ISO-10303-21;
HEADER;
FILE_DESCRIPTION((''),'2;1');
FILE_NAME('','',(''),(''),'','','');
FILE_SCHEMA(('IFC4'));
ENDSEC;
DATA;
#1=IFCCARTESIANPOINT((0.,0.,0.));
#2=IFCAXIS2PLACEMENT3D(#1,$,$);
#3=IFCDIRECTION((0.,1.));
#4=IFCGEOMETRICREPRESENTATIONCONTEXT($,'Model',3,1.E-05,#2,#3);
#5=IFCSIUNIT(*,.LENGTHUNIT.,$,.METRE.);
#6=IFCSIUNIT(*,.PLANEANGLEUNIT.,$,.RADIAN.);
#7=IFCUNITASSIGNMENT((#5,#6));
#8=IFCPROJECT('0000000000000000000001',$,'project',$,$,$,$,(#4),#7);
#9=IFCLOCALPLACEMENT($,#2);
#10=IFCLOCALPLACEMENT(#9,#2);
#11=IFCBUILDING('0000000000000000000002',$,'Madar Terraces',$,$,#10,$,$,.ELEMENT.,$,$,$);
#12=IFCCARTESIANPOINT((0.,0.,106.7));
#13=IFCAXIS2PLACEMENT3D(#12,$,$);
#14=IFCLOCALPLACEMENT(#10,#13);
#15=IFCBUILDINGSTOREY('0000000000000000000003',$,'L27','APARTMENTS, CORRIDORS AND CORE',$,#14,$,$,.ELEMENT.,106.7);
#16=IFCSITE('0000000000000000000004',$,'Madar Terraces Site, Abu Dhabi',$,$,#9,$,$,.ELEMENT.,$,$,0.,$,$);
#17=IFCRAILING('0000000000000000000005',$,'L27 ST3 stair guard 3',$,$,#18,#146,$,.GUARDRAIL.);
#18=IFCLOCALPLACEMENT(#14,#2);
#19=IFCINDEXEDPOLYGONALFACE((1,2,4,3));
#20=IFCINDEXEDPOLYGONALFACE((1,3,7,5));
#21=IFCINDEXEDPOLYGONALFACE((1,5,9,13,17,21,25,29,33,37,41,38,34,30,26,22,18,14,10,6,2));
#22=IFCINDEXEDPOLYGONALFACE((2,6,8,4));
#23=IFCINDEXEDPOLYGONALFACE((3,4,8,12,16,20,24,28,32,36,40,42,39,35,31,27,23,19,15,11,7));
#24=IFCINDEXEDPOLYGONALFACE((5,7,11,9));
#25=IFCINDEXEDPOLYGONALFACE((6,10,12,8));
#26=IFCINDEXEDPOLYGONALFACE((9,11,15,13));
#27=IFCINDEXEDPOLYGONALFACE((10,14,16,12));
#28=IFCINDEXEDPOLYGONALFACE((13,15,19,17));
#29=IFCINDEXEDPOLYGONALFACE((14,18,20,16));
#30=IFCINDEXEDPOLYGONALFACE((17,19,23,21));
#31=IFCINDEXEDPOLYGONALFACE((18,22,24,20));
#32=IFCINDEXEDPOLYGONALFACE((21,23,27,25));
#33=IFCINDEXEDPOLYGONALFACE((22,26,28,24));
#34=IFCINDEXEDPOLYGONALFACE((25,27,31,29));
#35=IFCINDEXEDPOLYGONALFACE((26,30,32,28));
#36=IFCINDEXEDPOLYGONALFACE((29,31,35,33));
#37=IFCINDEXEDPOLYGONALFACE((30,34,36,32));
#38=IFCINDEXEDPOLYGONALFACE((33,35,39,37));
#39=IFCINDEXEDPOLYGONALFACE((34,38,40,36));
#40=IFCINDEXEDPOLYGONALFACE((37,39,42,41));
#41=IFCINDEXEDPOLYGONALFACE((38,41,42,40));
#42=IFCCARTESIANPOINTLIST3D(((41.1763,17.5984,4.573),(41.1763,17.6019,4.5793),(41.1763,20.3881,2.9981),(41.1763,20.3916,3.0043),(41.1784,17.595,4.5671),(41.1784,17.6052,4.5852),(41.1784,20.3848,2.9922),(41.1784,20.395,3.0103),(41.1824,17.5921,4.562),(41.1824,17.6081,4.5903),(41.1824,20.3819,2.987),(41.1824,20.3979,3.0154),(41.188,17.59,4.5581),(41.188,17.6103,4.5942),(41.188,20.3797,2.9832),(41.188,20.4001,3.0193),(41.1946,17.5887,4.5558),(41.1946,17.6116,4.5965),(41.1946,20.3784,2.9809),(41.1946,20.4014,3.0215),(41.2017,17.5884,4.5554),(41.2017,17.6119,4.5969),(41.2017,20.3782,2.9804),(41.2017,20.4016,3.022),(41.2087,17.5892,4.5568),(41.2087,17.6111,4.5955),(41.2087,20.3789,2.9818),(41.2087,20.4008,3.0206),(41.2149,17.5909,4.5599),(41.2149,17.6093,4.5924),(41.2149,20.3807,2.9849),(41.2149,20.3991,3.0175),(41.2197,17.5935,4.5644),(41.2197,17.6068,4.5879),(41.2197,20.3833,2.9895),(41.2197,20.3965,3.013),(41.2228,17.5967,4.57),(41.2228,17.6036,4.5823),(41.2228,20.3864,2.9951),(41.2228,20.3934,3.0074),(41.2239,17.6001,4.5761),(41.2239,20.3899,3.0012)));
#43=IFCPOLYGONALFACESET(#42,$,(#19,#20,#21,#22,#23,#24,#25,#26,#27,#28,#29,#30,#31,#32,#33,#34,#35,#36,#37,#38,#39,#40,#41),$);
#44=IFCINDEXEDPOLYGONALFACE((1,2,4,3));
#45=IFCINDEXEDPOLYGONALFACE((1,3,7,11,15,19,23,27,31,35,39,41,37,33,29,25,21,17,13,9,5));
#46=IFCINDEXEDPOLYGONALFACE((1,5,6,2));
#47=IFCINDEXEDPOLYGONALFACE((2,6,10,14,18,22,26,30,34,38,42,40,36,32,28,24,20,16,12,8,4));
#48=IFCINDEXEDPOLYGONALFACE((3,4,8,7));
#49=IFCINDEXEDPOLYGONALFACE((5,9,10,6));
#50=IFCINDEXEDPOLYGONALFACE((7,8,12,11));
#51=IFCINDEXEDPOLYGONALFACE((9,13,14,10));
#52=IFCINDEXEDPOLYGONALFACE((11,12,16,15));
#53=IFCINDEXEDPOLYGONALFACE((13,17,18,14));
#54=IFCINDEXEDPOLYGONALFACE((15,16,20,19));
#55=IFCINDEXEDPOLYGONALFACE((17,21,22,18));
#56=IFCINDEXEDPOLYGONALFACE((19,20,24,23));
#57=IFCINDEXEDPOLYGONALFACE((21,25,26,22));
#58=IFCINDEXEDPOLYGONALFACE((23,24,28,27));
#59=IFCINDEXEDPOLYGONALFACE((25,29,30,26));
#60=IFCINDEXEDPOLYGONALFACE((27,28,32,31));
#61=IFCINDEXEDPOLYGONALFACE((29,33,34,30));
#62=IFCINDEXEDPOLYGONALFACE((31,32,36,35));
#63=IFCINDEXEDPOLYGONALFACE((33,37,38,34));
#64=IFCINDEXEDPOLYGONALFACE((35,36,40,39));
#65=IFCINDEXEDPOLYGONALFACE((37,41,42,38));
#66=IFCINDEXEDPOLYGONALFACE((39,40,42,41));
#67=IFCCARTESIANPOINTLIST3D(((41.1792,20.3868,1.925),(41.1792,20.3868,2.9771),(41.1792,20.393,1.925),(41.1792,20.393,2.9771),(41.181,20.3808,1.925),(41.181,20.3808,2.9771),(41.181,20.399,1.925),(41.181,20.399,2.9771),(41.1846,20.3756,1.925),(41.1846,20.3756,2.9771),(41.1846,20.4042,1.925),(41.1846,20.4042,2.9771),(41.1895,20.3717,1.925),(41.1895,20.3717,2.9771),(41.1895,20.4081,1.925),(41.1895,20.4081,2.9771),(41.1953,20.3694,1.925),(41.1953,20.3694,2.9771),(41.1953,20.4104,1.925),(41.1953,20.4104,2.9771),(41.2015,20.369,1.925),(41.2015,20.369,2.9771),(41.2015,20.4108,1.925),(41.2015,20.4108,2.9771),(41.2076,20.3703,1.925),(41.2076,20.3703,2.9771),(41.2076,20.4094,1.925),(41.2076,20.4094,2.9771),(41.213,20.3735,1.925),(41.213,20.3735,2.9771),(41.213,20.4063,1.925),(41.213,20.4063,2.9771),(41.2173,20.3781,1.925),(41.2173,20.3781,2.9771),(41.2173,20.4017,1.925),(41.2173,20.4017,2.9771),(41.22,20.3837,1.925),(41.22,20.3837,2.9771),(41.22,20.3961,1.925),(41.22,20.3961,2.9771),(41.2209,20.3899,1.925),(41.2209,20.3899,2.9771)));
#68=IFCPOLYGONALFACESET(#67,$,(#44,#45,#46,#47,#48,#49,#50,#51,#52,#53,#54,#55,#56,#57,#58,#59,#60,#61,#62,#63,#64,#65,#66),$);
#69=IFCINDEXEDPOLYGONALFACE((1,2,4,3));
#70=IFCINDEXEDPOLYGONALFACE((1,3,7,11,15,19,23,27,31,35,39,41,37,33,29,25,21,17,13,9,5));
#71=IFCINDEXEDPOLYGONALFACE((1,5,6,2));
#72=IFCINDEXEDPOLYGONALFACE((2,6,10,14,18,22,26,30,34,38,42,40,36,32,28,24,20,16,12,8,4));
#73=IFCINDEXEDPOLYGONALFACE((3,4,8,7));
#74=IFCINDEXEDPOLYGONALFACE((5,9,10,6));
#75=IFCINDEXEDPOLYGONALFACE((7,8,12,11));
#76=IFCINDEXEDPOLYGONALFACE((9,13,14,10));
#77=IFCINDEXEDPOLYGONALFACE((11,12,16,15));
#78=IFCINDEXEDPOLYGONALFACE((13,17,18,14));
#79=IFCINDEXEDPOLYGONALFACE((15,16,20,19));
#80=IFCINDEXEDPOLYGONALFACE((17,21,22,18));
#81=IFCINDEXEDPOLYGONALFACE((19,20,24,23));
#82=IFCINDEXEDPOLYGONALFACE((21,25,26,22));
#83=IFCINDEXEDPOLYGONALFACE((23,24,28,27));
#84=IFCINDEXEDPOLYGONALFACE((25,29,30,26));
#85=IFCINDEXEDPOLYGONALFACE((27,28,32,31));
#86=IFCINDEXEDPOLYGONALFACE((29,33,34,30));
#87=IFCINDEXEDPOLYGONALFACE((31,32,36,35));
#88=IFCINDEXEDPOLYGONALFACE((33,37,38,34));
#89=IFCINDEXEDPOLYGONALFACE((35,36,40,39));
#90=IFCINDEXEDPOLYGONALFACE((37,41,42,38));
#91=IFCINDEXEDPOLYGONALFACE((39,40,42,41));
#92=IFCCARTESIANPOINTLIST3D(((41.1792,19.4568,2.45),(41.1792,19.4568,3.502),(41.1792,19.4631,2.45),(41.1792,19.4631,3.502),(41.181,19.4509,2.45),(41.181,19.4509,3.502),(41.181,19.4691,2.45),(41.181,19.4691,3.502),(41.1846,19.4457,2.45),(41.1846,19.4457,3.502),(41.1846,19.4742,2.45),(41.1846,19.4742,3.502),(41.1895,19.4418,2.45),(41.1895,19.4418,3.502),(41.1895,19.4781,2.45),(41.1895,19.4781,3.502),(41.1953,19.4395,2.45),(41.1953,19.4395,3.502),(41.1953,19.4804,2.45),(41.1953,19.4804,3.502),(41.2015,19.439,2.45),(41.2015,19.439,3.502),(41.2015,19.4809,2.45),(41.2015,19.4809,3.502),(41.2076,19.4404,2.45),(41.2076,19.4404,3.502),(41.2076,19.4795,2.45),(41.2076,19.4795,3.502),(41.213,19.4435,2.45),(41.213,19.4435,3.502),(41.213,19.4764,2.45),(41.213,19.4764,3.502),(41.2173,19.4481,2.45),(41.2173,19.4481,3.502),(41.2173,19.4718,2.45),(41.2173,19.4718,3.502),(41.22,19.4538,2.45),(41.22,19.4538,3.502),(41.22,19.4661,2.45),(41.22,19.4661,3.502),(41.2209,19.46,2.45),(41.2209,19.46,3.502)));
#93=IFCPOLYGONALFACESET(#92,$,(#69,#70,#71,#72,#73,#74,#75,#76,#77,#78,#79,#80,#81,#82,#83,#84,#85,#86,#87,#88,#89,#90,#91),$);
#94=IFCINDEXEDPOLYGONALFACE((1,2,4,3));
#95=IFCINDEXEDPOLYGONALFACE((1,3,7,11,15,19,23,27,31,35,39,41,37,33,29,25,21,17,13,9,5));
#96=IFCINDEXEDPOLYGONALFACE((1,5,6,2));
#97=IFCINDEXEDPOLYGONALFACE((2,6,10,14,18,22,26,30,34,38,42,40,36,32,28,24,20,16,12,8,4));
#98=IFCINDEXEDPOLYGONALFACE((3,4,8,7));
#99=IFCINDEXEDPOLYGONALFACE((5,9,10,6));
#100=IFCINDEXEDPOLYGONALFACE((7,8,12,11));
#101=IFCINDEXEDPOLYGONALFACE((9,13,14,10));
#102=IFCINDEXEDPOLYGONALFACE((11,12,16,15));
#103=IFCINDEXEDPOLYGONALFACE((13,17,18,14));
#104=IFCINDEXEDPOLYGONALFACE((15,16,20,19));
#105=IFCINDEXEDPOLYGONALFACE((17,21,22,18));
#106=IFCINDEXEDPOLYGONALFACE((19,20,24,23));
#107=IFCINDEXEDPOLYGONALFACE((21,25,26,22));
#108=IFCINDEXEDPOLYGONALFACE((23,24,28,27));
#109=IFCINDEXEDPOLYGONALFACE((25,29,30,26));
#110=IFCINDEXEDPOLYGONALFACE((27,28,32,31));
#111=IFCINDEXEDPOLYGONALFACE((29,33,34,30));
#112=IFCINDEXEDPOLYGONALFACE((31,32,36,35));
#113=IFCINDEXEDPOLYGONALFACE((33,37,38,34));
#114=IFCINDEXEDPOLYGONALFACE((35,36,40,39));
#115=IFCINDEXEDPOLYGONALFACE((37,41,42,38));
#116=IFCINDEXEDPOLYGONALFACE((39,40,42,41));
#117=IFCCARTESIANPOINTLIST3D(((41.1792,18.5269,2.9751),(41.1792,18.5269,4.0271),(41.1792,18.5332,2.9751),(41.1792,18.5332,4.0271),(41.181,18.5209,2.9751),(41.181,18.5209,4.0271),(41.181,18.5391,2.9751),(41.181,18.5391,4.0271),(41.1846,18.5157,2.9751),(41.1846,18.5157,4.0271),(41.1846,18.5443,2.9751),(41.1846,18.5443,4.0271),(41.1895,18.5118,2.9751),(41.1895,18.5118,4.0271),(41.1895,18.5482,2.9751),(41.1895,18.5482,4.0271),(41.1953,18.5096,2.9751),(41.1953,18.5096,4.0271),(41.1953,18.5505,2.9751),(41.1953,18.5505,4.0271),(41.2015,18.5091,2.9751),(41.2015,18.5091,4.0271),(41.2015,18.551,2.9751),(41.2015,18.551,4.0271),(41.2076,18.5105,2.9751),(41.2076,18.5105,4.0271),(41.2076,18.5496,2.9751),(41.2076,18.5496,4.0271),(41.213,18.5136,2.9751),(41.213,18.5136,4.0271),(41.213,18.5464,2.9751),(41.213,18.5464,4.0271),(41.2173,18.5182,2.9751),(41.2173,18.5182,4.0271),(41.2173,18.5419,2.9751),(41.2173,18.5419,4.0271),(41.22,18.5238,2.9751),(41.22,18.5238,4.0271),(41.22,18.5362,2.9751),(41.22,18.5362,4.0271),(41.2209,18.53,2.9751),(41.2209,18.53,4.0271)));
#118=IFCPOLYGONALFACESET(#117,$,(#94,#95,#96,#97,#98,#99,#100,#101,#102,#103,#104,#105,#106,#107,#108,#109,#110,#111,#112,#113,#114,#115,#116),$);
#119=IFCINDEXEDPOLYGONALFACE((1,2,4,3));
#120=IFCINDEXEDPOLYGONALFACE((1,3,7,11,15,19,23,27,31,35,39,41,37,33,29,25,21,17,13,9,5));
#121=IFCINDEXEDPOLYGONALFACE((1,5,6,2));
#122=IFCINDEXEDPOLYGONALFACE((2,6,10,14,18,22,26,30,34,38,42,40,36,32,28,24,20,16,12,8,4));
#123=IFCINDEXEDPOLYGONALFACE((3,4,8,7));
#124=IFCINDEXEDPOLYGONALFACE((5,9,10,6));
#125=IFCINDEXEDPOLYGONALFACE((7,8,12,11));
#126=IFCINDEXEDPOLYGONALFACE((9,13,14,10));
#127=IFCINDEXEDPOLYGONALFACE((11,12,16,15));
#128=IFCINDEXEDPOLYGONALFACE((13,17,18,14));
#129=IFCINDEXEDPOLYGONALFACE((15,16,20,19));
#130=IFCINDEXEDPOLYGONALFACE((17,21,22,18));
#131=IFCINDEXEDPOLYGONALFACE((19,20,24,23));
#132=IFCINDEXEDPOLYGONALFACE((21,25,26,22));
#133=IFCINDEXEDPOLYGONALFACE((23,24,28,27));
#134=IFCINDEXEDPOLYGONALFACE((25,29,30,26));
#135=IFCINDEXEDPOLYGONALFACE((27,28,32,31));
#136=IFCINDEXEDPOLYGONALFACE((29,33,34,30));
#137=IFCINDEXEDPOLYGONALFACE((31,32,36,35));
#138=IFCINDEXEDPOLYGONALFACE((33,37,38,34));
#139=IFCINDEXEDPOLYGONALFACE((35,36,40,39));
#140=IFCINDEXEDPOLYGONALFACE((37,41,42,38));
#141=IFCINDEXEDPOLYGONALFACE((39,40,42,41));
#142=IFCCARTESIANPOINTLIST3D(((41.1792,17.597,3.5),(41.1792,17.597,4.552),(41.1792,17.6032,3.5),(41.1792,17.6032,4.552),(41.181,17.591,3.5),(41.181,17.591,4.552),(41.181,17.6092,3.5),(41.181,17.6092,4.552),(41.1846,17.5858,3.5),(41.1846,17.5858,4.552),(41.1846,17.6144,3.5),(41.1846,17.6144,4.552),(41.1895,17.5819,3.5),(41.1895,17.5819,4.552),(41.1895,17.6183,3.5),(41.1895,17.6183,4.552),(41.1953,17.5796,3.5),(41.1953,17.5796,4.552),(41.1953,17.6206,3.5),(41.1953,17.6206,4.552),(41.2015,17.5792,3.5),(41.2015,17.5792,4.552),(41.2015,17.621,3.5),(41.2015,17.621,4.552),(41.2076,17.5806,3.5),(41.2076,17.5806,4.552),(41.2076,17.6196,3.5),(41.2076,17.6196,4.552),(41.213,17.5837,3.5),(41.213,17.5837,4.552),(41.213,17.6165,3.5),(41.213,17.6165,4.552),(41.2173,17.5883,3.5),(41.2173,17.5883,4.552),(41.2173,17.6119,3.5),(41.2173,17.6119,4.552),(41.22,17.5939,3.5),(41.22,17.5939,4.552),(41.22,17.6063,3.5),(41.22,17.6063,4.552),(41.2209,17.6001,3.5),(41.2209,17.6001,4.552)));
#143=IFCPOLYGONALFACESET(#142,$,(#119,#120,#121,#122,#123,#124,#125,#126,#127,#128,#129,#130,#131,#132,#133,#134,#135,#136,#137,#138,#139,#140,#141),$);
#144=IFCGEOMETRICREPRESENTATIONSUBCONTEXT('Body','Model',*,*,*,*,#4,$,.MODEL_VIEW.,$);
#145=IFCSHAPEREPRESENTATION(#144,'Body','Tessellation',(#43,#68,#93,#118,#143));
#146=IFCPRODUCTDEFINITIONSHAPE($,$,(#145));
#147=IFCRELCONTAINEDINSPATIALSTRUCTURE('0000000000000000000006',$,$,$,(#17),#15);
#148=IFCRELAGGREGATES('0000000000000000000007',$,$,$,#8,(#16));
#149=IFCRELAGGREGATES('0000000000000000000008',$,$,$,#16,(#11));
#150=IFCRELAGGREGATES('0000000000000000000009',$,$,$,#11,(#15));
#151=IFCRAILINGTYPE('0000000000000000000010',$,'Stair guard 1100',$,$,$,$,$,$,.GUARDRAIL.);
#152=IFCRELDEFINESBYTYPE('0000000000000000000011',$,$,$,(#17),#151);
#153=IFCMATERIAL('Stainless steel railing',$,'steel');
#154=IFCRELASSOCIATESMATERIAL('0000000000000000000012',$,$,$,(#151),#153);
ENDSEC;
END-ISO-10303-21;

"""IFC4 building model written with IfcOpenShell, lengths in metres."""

from ifc_helpers import new_model, si_unit, direction, frame, origin, origin_2d, place, context, subcontext, project, spatial, circle, extrude, material, type_object, element, save


model = new_model("IFC4")

# Units and contexts
model_context = context("Model", 3, precision=1e-05, world=origin(), true_north=direction((0.0, 1.0)))
body_context = subcontext(model_context, "Body", "Model", "MODEL_VIEW")
ifc_project = project(units=[si_unit("LENGTHUNIT", "METRE"), si_unit("PLANEANGLEUNIT", "RADIAN")], contexts=[model_context])

# Site, building, storey
site_placement = place(None, origin())
site = spatial("IfcSite", under=ifc_project, at=site_placement, Name="Madar Terraces Site, Abu Dhabi", CompositionType="ELEMENT", RefElevation=0.0)
building_placement = place(site_placement, origin())
building = spatial("IfcBuilding", under=site, at=building_placement, Name="Madar Terraces", CompositionType="ELEMENT")
storey_placement = place(building_placement, frame((0.0, 0.0, 106.7)))
storey = spatial("IfcBuildingStorey", under=building, at=storey_placement, Name="L27", Description="APARTMENTS, CORRIDORS AND CORE", CompositionType="ELEMENT", Elevation=106.7)

# Railing
ifc_material_1 = material(Name="Stainless steel railing", Category="steel")
railing_type_1 = type_object("IfcRailingType", Name="Stair guard 1100", PredefinedType="GUARDRAIL", material=ifc_material_1)
railing_1_placement = place(storey_placement, frame((41.2, 20.3899, 1.925)))
element("IfcRailing", 1, at=railing_1_placement, inside=storey, type_object=railing_type_1, Name="L27 ST3 stair guard 3", PredefinedType="GUARDRAIL", context=body_context, shape_type="SweptSolid", body=[
    extrude(circle(Radius=0.0239, at=origin_2d()), frame((0.0, 0.0, 1.0762), z_axis=(0.0, -0.870815, 0.49161), x_axis=(1.0, 0.0, 0.0)), (0.0, 0.0, 1.0), 3.2036),
    extrude(circle(Radius=0.021, at=origin_2d()), origin(), (0.0, 0.0, 1.0), 1.052),
    extrude(circle(Radius=0.021, at=origin_2d()), frame((0.0, -0.9299, 0.5249)), (0.0, 0.0, 1.0), 1.052),
    extrude(circle(Radius=0.021, at=origin_2d()), frame((0.0, -1.8599, 1.05)), (0.0, 0.0, 1.0), 1.052),
    extrude(circle(Radius=0.021, at=origin_2d()), frame((0.0, -2.7898, 1.575)), (0.0, 0.0, 1.0), 1.052),
])

save(model, "model.ifc")
